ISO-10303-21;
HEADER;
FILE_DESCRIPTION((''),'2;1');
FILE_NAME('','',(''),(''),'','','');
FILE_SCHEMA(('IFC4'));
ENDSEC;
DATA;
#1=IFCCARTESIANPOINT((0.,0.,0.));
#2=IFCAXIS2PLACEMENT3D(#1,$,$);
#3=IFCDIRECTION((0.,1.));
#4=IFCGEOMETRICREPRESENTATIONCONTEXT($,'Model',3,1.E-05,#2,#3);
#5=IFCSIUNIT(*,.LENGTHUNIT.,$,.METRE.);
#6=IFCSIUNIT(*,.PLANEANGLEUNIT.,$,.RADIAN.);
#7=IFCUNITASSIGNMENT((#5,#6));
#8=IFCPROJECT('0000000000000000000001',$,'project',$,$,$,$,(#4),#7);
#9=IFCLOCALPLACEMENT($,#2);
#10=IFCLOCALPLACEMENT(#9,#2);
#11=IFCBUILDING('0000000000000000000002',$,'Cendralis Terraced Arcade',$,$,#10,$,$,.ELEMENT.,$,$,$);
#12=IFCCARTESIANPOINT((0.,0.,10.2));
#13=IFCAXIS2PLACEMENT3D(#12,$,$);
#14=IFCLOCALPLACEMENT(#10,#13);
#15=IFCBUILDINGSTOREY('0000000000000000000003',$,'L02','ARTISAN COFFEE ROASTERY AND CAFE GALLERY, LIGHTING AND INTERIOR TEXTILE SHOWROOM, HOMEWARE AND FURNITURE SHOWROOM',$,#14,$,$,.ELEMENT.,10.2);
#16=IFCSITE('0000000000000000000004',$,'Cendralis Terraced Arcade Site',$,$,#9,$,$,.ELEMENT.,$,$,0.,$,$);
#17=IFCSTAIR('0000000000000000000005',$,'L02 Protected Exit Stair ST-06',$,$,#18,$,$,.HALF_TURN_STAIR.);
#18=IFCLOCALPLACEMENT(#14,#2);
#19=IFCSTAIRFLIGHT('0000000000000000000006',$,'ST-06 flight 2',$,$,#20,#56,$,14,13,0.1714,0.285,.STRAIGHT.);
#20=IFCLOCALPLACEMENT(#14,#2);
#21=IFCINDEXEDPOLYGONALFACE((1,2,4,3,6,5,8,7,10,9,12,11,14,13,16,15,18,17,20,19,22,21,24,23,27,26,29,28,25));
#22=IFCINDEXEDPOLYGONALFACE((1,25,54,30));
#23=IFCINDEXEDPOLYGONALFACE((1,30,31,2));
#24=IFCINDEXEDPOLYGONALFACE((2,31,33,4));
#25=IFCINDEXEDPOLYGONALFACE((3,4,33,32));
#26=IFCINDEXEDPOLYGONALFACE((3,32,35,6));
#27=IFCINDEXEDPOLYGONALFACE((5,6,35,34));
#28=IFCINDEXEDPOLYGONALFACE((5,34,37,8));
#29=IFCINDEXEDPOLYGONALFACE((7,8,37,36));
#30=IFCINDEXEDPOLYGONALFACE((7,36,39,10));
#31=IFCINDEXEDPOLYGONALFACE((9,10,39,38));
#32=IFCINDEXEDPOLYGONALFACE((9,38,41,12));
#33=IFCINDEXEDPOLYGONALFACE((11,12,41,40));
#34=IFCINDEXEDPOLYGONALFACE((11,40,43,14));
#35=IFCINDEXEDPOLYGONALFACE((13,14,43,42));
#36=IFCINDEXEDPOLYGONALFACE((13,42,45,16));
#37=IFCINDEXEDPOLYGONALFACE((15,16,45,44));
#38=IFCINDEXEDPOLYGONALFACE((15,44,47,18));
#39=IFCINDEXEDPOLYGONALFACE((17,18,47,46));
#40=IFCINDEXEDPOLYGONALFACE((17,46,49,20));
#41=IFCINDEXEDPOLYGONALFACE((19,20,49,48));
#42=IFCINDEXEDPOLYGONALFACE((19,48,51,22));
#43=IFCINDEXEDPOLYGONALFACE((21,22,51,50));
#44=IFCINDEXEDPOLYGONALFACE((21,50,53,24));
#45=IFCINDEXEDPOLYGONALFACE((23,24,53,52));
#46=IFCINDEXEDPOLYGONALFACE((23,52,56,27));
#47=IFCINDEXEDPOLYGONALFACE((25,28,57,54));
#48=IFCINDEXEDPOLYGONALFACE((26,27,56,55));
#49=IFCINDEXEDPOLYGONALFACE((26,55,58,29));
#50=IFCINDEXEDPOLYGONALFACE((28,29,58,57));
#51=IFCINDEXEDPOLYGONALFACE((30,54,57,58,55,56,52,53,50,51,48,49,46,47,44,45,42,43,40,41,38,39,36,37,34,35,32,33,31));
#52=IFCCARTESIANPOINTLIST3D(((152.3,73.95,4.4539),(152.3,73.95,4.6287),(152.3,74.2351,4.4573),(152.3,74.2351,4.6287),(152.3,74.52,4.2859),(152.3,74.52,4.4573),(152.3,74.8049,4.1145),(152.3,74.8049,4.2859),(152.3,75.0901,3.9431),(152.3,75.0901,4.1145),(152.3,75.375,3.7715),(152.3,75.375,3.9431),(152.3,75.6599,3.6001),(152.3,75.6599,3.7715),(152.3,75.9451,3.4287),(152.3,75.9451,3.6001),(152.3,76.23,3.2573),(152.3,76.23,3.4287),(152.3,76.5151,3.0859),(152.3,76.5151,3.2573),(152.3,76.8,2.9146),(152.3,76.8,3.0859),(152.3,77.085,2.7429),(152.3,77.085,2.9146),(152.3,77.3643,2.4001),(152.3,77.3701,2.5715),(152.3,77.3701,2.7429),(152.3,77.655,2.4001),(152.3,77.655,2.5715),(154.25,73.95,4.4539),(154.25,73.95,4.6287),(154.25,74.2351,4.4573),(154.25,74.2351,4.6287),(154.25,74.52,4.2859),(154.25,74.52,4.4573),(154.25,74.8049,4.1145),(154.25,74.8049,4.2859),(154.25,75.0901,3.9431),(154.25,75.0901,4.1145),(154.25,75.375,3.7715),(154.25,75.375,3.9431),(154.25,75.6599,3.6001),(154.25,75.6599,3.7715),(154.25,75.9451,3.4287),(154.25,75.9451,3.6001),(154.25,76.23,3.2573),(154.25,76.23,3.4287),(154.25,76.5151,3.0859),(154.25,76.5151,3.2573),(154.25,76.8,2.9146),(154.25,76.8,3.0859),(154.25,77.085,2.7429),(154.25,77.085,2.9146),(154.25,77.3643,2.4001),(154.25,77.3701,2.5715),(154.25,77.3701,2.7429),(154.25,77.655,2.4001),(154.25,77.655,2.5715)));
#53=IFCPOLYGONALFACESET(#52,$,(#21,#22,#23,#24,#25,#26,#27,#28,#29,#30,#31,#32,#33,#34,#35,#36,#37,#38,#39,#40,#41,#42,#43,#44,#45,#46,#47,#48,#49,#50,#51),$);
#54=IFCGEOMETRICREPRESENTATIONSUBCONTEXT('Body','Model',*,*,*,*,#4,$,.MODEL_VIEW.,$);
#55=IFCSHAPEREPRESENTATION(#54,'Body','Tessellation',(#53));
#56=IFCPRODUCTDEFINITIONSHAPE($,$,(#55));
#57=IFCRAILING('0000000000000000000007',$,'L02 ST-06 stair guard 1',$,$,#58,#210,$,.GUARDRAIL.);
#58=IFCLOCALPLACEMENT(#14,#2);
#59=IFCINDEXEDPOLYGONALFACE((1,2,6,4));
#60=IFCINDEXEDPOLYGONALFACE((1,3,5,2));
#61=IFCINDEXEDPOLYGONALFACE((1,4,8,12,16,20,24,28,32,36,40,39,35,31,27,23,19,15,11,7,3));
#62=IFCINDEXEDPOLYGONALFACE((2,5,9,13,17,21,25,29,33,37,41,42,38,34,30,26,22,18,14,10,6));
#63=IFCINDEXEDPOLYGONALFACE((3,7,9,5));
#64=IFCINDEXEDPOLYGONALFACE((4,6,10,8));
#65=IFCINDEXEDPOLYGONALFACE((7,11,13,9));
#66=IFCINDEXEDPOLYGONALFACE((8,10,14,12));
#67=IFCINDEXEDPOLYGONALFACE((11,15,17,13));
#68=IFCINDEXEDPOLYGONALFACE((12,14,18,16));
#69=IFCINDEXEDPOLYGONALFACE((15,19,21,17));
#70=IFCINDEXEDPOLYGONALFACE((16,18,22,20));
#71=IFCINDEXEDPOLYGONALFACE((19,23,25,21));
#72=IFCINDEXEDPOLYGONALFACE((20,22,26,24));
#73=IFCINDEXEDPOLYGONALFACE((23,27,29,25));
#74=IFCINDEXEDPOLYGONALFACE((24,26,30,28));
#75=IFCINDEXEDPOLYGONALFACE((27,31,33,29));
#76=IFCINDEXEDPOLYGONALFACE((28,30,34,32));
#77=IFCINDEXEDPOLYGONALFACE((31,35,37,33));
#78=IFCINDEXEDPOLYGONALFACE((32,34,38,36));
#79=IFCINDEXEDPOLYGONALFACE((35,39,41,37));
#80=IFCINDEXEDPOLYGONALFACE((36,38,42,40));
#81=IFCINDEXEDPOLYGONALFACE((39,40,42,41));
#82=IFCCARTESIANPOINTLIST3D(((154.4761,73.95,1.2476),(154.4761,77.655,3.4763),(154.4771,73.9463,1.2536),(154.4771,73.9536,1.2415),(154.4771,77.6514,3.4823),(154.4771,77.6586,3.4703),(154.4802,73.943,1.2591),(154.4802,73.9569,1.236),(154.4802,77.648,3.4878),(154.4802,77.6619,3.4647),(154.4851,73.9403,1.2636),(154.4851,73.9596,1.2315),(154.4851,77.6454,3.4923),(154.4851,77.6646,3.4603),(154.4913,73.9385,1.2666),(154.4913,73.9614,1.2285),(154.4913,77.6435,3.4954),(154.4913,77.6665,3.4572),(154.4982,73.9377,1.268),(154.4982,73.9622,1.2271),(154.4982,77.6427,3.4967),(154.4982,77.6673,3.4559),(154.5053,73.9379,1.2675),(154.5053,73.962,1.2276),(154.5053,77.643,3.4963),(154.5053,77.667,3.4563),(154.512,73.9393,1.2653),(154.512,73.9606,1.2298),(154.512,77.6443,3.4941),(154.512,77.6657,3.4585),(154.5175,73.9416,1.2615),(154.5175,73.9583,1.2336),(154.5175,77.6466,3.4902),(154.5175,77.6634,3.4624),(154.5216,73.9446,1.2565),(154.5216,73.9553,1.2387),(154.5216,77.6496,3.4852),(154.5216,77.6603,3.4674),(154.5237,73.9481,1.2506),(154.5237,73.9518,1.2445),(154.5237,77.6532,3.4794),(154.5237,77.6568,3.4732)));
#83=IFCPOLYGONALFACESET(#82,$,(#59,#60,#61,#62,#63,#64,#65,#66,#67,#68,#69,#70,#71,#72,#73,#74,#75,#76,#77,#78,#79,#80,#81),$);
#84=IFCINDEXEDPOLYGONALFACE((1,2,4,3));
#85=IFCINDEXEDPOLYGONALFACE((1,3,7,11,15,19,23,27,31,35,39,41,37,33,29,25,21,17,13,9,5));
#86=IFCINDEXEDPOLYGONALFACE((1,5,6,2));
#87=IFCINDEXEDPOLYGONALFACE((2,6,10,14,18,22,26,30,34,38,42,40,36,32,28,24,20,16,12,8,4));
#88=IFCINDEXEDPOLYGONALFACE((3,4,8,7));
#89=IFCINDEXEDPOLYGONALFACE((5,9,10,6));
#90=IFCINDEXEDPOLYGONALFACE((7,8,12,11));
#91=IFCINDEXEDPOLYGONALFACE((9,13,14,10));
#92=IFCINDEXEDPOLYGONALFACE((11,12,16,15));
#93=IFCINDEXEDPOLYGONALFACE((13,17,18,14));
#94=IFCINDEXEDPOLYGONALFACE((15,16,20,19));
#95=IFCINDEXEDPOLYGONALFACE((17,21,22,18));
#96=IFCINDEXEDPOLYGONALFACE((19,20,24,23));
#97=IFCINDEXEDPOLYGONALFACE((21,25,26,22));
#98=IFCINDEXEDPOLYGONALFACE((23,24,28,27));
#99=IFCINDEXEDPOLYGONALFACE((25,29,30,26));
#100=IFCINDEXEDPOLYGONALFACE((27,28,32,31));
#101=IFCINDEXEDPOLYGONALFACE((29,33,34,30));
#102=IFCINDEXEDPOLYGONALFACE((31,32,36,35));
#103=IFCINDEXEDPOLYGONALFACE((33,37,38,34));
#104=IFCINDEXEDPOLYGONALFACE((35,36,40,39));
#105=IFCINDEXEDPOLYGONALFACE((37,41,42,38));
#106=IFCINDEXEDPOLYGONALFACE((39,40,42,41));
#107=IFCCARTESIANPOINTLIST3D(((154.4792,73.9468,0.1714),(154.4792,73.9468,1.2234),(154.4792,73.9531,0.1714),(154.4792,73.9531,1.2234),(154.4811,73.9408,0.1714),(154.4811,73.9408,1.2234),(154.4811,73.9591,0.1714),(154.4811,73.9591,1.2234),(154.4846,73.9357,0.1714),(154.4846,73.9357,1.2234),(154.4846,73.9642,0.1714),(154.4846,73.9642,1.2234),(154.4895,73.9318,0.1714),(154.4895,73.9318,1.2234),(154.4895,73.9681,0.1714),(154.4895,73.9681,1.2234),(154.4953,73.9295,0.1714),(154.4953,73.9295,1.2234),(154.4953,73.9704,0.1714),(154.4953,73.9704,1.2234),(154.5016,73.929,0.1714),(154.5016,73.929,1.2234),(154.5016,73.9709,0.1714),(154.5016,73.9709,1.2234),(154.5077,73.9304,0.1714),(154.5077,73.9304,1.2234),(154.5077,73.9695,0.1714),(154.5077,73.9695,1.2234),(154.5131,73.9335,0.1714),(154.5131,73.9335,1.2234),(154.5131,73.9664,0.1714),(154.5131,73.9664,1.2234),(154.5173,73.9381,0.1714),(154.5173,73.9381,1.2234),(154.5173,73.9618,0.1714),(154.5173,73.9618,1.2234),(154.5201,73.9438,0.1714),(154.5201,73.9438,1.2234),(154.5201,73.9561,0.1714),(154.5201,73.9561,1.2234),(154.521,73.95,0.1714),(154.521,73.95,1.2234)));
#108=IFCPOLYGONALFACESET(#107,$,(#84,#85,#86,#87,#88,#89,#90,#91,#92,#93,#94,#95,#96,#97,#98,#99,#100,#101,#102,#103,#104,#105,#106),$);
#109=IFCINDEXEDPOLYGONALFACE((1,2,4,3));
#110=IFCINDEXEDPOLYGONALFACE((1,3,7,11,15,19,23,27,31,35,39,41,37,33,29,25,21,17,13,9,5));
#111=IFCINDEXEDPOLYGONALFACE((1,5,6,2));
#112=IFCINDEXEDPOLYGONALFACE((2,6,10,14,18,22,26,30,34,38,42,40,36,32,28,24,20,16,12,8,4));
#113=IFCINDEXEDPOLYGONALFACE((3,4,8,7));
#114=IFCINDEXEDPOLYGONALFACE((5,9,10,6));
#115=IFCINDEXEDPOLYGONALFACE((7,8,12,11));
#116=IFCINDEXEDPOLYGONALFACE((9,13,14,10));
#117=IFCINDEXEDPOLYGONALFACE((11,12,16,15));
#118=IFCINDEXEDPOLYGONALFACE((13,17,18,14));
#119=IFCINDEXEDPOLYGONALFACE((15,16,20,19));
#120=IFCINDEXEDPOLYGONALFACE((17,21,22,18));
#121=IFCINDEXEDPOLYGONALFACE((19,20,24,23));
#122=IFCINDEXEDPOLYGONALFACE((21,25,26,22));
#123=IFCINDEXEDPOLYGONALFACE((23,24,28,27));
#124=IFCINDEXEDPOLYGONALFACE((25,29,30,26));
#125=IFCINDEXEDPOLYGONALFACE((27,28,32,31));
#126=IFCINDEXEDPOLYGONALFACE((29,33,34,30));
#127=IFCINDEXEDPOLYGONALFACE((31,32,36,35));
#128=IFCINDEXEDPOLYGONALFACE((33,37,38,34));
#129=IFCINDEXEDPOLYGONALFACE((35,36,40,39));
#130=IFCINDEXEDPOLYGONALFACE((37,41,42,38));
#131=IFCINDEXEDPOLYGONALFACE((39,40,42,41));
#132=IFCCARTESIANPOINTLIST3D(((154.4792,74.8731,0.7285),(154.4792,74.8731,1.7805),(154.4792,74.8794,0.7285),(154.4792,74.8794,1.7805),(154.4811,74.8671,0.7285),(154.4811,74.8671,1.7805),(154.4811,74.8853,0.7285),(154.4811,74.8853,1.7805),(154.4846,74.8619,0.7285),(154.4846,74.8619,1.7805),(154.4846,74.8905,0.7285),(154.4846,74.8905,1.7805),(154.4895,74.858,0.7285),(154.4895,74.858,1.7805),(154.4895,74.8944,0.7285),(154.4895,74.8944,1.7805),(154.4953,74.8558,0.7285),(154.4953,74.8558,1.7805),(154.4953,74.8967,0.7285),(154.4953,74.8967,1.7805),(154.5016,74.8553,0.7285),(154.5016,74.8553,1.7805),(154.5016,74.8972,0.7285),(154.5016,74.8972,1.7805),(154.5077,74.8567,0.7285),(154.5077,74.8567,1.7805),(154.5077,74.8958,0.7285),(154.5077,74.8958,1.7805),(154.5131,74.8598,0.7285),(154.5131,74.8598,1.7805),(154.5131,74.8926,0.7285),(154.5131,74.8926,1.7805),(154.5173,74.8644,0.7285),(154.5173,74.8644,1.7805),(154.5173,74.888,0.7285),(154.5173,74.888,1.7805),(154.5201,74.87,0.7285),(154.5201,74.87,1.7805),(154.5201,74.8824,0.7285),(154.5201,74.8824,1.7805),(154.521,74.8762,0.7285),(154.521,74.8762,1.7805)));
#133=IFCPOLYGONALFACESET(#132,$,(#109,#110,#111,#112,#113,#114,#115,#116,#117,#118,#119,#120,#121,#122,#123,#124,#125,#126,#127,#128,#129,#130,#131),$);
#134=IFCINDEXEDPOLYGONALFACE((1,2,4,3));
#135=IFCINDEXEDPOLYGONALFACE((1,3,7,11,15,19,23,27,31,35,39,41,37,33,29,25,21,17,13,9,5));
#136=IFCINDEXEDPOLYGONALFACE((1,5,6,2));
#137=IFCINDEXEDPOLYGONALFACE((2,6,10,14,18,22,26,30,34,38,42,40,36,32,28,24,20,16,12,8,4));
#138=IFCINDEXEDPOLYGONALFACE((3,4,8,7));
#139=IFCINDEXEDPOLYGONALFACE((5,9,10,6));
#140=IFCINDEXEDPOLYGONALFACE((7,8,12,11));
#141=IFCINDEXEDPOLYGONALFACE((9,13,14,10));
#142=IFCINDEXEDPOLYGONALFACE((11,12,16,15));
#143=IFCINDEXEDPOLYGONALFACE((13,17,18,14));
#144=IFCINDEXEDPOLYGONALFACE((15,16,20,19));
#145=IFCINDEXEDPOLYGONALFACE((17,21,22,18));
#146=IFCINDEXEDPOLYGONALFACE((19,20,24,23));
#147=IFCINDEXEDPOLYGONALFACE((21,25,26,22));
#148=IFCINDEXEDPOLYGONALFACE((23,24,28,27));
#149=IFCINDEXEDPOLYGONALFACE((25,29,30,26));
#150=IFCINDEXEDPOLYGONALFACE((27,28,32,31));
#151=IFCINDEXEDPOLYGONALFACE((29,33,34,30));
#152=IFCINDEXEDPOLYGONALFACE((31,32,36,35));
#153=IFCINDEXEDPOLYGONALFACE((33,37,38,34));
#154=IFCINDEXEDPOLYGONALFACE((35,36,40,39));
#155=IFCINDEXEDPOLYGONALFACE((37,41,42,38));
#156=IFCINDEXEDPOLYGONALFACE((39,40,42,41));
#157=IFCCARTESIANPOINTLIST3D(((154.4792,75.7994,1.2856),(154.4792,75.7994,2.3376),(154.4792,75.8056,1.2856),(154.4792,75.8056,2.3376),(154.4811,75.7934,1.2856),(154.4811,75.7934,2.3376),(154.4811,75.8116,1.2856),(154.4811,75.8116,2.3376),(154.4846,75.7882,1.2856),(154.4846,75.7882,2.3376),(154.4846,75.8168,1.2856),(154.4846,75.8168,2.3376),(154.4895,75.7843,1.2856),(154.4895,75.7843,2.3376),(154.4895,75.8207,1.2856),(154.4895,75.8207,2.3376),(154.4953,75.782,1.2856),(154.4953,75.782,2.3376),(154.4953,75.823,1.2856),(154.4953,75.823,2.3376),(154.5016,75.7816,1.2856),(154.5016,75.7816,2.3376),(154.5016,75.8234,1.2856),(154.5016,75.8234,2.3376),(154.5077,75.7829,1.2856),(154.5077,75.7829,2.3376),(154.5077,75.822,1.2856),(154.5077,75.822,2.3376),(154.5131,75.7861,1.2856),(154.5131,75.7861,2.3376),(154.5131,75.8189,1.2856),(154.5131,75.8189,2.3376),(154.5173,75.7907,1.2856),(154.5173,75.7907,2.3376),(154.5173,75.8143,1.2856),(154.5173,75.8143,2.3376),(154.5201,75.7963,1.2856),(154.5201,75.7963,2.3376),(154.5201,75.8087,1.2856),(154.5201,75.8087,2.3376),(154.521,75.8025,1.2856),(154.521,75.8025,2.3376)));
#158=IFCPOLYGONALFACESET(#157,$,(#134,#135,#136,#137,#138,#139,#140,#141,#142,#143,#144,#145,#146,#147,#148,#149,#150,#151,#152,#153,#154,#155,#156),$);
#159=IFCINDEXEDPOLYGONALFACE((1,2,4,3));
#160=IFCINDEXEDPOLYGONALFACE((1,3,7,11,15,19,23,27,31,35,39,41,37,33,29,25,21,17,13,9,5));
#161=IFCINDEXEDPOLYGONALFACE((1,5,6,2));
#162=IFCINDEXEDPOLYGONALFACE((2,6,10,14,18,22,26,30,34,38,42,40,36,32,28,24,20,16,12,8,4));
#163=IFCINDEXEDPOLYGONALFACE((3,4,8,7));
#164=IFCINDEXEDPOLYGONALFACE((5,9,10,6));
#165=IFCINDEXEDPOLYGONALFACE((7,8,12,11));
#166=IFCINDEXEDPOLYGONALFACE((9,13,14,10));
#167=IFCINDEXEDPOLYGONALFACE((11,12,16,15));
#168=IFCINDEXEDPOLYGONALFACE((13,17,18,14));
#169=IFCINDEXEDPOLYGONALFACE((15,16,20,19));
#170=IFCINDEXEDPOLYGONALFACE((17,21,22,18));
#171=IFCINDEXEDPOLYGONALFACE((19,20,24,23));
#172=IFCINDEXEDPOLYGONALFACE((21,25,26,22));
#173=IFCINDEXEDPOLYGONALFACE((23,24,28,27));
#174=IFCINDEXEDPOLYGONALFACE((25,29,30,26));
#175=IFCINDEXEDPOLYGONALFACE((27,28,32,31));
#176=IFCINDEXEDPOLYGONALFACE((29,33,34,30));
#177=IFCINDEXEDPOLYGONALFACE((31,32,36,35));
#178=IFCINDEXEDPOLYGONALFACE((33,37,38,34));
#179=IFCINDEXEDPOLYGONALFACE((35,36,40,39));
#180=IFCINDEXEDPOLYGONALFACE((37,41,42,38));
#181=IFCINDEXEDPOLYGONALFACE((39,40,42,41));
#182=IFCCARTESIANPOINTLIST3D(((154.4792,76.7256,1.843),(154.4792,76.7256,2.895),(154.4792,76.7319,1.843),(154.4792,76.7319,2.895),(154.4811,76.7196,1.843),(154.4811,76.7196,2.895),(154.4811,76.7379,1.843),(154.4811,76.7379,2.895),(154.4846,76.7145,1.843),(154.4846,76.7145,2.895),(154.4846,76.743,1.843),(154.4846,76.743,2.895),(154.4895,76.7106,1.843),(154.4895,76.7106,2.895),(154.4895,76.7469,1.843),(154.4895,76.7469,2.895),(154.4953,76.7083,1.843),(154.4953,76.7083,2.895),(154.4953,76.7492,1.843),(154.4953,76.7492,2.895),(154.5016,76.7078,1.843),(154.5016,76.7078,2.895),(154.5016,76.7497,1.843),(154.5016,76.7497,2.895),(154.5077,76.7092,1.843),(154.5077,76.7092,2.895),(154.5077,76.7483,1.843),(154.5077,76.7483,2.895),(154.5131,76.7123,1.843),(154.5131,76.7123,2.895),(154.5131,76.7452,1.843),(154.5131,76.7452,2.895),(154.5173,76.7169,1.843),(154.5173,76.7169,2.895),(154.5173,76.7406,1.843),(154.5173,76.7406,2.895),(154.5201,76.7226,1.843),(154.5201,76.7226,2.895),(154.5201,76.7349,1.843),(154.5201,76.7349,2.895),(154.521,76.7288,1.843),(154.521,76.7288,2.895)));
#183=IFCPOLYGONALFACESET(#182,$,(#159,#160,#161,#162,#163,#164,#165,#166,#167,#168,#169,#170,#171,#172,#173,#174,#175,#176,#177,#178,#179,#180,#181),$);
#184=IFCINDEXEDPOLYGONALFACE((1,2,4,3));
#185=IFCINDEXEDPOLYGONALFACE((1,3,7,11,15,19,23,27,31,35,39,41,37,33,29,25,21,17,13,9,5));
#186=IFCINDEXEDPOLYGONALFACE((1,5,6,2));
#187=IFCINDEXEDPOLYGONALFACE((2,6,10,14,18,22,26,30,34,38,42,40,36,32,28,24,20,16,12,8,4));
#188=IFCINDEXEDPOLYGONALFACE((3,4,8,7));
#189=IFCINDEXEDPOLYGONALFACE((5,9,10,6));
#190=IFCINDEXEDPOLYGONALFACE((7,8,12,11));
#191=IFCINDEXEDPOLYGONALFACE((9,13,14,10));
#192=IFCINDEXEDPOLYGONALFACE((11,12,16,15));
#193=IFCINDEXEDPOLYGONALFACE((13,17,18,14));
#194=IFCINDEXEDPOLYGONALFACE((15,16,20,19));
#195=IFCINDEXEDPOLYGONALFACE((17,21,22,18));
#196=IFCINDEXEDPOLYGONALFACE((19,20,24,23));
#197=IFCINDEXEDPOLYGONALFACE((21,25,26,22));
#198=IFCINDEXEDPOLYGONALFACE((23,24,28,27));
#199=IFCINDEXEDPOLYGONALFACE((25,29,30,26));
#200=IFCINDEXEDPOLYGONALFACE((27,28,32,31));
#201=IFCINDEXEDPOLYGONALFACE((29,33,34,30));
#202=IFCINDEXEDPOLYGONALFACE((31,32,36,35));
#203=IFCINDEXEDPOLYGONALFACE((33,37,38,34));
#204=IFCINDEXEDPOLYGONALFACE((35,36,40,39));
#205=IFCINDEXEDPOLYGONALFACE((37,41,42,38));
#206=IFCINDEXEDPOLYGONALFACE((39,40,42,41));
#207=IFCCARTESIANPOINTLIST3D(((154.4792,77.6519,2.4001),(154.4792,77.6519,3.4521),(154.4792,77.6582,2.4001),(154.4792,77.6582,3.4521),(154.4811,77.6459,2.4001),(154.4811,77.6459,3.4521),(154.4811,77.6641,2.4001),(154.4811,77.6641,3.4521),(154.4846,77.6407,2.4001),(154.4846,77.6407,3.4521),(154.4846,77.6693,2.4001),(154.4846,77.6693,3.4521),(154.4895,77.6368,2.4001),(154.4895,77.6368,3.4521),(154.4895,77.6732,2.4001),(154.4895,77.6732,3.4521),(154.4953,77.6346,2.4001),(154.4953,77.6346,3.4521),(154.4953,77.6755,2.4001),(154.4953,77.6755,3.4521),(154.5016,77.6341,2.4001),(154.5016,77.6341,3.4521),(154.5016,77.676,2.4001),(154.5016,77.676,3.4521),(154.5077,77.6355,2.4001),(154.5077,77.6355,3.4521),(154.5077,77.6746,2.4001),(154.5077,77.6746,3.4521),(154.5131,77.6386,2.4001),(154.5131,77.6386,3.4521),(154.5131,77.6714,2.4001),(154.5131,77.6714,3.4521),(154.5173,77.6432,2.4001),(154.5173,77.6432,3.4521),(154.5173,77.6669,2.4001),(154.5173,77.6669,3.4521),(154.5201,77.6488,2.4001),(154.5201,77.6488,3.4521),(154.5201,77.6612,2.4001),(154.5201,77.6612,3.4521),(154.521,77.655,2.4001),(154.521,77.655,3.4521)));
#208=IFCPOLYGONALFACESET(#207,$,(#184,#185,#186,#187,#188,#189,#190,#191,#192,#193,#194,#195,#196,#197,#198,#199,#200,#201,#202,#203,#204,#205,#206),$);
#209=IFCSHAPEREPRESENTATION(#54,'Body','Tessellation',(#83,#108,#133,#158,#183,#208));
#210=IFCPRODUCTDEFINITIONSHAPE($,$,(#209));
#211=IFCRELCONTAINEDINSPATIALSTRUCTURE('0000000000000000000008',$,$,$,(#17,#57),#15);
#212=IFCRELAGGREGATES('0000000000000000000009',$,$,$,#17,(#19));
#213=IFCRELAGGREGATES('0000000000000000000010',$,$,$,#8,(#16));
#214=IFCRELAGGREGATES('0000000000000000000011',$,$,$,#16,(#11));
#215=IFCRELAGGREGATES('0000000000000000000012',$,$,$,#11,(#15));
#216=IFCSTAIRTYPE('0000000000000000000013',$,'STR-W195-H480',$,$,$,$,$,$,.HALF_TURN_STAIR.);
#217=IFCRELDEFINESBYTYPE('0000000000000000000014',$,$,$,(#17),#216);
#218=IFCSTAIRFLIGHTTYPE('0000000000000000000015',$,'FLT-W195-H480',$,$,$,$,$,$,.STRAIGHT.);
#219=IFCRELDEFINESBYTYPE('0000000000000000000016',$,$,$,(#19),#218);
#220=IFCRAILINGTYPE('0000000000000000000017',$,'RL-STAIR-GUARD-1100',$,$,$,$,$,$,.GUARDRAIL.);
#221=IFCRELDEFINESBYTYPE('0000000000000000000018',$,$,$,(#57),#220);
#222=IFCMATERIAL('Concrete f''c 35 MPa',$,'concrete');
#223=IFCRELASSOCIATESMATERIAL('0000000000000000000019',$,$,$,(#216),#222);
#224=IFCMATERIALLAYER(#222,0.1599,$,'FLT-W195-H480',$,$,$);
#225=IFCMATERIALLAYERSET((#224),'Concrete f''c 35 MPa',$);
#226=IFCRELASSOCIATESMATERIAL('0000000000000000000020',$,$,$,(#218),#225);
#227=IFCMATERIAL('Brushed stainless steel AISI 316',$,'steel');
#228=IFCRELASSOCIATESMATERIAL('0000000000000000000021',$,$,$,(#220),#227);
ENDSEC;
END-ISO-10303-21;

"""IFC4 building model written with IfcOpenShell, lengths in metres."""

from ifc_helpers import new_model, si_unit, direction, frame, origin, origin_2d, place, context, subcontext, project, spatial, polyline, circle, outline, extrude, material, layer, layer_set, type_object, element, aggregate, save


model = new_model("IFC4")

# Units and contexts
model_context = context("Model", 3, precision=1e-05, world=origin(), true_north=direction((0.0, 1.0)))
body_context = subcontext(model_context, "Body", "Model", "MODEL_VIEW")
ifc_project = project(units=[si_unit("LENGTHUNIT", "METRE"), si_unit("PLANEANGLEUNIT", "RADIAN")], contexts=[model_context])

# Site, building, storey
site_placement = place(None, origin())
site = spatial("IfcSite", under=ifc_project, at=site_placement, Name="Cendralis Terraced Arcade Site", CompositionType="ELEMENT", RefElevation=0.0)
building_placement = place(site_placement, origin())
building = spatial("IfcBuilding", under=site, at=building_placement, Name="Cendralis Terraced Arcade", CompositionType="ELEMENT")
storey_placement = place(building_placement, frame((0.0, 0.0, 10.2)))
storey = spatial("IfcBuildingStorey", under=building, at=storey_placement, Name="L02", Description="ARTISAN COFFEE ROASTERY AND CAFE GALLERY, LIGHTING AND INTERIOR TEXTILE SHOWROOM, HOMEWARE AND FURNITURE SHOWROOM", CompositionType="ELEMENT", Elevation=10.2)

# Shared definitions
ifc_material_1 = material(Name="Concrete f'c 35 MPa", Category="concrete")

# Stair, stair flight
stair_type = type_object("IfcStairType", Name="STR-W195-H480", PredefinedType="HALF_TURN_STAIR", material=ifc_material_1)
stair_placement = place(storey_placement, origin())
stair = element("IfcStair", 1, at=stair_placement, inside=storey, type_object=stair_type, Name="L02 Protected Exit Stair ST-06", PredefinedType="HALF_TURN_STAIR")
ifc_layer_1 = layer(ifc_material_1, 0.1599, Name="FLT-W195-H480")
ifc_layer_set_1 = layer_set([ifc_layer_1], Name="Concrete f'c 35 MPa")
stair_flight_type = type_object("IfcStairFlightType", Name="FLT-W195-H480", PredefinedType="STRAIGHT", material=ifc_layer_set_1)
stair_flight_placement = place(storey_placement, frame((153.2749, 77.655, 2.4001), z_axis=(0.0, 0.0, 1.0), x_axis=(0.0, -1.0, 0.0)))
stair_flight = element("IfcStairFlight", 2, at=stair_flight_placement, type_object=stair_flight_type, Name="ST-06 flight 2", NumberOfRisers=14, NumberOfTreads=13, PredefinedType="STRAIGHT", RiserHeight=0.1714, TreadLength=0.285, context=body_context, shape_type="SweptSolid", body=[
    extrude(outline(polyline([(0.0, 0.0), (0.0, 0.1714), (0.2849, 0.1714), (0.2849, 0.3428), (0.5701, 0.3428), (0.5701, 0.5144), (0.855, 0.5144), (0.855, 0.6858), (1.1399, 0.6858), (1.1399, 0.8572), (1.425, 0.8572), (1.425, 1.0286), (1.71, 1.0286), (1.71, 1.2), (1.9951, 1.2), (1.9951, 1.3713), (2.28, 1.3713), (2.28, 1.543), (2.5649, 1.543), (2.5649, 1.7144), (2.8501, 1.7144), (2.8501, 1.8857), (3.135, 1.8857), (3.135, 2.0571), (3.4199, 2.0571), (3.4199, 2.2285), (3.7051, 2.2285), (3.7051, 2.3999), (3.7051, 2.0537), (0.2908, 0.0), (0.0, 0.0)])), frame((0.0, 0.9751, 0.0), z_axis=(0.0, -1.0, 0.0), x_axis=(1.0, 0.0, 0.0)), (0.0, 0.0, 1.0), 1.95),
])
aggregate(stair, [stair_flight])

# Railing
ifc_material_2 = material(Name="Brushed stainless steel AISI 316", Category="steel")
railing_type_1 = type_object("IfcRailingType", Name="RL-STAIR-GUARD-1100", PredefinedType="GUARDRAIL", material=ifc_material_2)
railing_1_placement = place(storey_placement, frame((154.5, 73.95, 0.1714)))
element("IfcRailing", 3, at=railing_1_placement, inside=storey, type_object=railing_type_1, Name="L02 ST-06 stair guard 1", PredefinedType="GUARDRAIL", context=body_context, shape_type="SweptSolid", body=[
    extrude(circle(Radius=0.0239, at=origin_2d()), frame((0.0, 0.0, 1.0762), z_axis=(0.0, 0.856909, 0.515467), x_axis=(-1.0, 0.0, 0.0)), (0.0, 0.0, 1.0), 4.3237),
    extrude(circle(Radius=0.021, at=origin_2d()), origin(), (0.0, 0.0, 1.0), 1.052),
    extrude(circle(Radius=0.021, at=origin_2d()), frame((0.0, 0.9263, 0.5571)), (0.0, 0.0, 1.0), 1.052),
    extrude(circle(Radius=0.021, at=origin_2d()), frame((0.0, 1.8525, 1.1143)), (0.0, 0.0, 1.0), 1.052),
    extrude(circle(Radius=0.021, at=origin_2d()), frame((0.0, 2.7788, 1.6716)), (0.0, 0.0, 1.0), 1.052),
    extrude(circle(Radius=0.021, at=origin_2d()), frame((0.0, 3.7051, 2.2288)), (0.0, 0.0, 1.0), 1.052),
])

save(model, "model.ifc")
